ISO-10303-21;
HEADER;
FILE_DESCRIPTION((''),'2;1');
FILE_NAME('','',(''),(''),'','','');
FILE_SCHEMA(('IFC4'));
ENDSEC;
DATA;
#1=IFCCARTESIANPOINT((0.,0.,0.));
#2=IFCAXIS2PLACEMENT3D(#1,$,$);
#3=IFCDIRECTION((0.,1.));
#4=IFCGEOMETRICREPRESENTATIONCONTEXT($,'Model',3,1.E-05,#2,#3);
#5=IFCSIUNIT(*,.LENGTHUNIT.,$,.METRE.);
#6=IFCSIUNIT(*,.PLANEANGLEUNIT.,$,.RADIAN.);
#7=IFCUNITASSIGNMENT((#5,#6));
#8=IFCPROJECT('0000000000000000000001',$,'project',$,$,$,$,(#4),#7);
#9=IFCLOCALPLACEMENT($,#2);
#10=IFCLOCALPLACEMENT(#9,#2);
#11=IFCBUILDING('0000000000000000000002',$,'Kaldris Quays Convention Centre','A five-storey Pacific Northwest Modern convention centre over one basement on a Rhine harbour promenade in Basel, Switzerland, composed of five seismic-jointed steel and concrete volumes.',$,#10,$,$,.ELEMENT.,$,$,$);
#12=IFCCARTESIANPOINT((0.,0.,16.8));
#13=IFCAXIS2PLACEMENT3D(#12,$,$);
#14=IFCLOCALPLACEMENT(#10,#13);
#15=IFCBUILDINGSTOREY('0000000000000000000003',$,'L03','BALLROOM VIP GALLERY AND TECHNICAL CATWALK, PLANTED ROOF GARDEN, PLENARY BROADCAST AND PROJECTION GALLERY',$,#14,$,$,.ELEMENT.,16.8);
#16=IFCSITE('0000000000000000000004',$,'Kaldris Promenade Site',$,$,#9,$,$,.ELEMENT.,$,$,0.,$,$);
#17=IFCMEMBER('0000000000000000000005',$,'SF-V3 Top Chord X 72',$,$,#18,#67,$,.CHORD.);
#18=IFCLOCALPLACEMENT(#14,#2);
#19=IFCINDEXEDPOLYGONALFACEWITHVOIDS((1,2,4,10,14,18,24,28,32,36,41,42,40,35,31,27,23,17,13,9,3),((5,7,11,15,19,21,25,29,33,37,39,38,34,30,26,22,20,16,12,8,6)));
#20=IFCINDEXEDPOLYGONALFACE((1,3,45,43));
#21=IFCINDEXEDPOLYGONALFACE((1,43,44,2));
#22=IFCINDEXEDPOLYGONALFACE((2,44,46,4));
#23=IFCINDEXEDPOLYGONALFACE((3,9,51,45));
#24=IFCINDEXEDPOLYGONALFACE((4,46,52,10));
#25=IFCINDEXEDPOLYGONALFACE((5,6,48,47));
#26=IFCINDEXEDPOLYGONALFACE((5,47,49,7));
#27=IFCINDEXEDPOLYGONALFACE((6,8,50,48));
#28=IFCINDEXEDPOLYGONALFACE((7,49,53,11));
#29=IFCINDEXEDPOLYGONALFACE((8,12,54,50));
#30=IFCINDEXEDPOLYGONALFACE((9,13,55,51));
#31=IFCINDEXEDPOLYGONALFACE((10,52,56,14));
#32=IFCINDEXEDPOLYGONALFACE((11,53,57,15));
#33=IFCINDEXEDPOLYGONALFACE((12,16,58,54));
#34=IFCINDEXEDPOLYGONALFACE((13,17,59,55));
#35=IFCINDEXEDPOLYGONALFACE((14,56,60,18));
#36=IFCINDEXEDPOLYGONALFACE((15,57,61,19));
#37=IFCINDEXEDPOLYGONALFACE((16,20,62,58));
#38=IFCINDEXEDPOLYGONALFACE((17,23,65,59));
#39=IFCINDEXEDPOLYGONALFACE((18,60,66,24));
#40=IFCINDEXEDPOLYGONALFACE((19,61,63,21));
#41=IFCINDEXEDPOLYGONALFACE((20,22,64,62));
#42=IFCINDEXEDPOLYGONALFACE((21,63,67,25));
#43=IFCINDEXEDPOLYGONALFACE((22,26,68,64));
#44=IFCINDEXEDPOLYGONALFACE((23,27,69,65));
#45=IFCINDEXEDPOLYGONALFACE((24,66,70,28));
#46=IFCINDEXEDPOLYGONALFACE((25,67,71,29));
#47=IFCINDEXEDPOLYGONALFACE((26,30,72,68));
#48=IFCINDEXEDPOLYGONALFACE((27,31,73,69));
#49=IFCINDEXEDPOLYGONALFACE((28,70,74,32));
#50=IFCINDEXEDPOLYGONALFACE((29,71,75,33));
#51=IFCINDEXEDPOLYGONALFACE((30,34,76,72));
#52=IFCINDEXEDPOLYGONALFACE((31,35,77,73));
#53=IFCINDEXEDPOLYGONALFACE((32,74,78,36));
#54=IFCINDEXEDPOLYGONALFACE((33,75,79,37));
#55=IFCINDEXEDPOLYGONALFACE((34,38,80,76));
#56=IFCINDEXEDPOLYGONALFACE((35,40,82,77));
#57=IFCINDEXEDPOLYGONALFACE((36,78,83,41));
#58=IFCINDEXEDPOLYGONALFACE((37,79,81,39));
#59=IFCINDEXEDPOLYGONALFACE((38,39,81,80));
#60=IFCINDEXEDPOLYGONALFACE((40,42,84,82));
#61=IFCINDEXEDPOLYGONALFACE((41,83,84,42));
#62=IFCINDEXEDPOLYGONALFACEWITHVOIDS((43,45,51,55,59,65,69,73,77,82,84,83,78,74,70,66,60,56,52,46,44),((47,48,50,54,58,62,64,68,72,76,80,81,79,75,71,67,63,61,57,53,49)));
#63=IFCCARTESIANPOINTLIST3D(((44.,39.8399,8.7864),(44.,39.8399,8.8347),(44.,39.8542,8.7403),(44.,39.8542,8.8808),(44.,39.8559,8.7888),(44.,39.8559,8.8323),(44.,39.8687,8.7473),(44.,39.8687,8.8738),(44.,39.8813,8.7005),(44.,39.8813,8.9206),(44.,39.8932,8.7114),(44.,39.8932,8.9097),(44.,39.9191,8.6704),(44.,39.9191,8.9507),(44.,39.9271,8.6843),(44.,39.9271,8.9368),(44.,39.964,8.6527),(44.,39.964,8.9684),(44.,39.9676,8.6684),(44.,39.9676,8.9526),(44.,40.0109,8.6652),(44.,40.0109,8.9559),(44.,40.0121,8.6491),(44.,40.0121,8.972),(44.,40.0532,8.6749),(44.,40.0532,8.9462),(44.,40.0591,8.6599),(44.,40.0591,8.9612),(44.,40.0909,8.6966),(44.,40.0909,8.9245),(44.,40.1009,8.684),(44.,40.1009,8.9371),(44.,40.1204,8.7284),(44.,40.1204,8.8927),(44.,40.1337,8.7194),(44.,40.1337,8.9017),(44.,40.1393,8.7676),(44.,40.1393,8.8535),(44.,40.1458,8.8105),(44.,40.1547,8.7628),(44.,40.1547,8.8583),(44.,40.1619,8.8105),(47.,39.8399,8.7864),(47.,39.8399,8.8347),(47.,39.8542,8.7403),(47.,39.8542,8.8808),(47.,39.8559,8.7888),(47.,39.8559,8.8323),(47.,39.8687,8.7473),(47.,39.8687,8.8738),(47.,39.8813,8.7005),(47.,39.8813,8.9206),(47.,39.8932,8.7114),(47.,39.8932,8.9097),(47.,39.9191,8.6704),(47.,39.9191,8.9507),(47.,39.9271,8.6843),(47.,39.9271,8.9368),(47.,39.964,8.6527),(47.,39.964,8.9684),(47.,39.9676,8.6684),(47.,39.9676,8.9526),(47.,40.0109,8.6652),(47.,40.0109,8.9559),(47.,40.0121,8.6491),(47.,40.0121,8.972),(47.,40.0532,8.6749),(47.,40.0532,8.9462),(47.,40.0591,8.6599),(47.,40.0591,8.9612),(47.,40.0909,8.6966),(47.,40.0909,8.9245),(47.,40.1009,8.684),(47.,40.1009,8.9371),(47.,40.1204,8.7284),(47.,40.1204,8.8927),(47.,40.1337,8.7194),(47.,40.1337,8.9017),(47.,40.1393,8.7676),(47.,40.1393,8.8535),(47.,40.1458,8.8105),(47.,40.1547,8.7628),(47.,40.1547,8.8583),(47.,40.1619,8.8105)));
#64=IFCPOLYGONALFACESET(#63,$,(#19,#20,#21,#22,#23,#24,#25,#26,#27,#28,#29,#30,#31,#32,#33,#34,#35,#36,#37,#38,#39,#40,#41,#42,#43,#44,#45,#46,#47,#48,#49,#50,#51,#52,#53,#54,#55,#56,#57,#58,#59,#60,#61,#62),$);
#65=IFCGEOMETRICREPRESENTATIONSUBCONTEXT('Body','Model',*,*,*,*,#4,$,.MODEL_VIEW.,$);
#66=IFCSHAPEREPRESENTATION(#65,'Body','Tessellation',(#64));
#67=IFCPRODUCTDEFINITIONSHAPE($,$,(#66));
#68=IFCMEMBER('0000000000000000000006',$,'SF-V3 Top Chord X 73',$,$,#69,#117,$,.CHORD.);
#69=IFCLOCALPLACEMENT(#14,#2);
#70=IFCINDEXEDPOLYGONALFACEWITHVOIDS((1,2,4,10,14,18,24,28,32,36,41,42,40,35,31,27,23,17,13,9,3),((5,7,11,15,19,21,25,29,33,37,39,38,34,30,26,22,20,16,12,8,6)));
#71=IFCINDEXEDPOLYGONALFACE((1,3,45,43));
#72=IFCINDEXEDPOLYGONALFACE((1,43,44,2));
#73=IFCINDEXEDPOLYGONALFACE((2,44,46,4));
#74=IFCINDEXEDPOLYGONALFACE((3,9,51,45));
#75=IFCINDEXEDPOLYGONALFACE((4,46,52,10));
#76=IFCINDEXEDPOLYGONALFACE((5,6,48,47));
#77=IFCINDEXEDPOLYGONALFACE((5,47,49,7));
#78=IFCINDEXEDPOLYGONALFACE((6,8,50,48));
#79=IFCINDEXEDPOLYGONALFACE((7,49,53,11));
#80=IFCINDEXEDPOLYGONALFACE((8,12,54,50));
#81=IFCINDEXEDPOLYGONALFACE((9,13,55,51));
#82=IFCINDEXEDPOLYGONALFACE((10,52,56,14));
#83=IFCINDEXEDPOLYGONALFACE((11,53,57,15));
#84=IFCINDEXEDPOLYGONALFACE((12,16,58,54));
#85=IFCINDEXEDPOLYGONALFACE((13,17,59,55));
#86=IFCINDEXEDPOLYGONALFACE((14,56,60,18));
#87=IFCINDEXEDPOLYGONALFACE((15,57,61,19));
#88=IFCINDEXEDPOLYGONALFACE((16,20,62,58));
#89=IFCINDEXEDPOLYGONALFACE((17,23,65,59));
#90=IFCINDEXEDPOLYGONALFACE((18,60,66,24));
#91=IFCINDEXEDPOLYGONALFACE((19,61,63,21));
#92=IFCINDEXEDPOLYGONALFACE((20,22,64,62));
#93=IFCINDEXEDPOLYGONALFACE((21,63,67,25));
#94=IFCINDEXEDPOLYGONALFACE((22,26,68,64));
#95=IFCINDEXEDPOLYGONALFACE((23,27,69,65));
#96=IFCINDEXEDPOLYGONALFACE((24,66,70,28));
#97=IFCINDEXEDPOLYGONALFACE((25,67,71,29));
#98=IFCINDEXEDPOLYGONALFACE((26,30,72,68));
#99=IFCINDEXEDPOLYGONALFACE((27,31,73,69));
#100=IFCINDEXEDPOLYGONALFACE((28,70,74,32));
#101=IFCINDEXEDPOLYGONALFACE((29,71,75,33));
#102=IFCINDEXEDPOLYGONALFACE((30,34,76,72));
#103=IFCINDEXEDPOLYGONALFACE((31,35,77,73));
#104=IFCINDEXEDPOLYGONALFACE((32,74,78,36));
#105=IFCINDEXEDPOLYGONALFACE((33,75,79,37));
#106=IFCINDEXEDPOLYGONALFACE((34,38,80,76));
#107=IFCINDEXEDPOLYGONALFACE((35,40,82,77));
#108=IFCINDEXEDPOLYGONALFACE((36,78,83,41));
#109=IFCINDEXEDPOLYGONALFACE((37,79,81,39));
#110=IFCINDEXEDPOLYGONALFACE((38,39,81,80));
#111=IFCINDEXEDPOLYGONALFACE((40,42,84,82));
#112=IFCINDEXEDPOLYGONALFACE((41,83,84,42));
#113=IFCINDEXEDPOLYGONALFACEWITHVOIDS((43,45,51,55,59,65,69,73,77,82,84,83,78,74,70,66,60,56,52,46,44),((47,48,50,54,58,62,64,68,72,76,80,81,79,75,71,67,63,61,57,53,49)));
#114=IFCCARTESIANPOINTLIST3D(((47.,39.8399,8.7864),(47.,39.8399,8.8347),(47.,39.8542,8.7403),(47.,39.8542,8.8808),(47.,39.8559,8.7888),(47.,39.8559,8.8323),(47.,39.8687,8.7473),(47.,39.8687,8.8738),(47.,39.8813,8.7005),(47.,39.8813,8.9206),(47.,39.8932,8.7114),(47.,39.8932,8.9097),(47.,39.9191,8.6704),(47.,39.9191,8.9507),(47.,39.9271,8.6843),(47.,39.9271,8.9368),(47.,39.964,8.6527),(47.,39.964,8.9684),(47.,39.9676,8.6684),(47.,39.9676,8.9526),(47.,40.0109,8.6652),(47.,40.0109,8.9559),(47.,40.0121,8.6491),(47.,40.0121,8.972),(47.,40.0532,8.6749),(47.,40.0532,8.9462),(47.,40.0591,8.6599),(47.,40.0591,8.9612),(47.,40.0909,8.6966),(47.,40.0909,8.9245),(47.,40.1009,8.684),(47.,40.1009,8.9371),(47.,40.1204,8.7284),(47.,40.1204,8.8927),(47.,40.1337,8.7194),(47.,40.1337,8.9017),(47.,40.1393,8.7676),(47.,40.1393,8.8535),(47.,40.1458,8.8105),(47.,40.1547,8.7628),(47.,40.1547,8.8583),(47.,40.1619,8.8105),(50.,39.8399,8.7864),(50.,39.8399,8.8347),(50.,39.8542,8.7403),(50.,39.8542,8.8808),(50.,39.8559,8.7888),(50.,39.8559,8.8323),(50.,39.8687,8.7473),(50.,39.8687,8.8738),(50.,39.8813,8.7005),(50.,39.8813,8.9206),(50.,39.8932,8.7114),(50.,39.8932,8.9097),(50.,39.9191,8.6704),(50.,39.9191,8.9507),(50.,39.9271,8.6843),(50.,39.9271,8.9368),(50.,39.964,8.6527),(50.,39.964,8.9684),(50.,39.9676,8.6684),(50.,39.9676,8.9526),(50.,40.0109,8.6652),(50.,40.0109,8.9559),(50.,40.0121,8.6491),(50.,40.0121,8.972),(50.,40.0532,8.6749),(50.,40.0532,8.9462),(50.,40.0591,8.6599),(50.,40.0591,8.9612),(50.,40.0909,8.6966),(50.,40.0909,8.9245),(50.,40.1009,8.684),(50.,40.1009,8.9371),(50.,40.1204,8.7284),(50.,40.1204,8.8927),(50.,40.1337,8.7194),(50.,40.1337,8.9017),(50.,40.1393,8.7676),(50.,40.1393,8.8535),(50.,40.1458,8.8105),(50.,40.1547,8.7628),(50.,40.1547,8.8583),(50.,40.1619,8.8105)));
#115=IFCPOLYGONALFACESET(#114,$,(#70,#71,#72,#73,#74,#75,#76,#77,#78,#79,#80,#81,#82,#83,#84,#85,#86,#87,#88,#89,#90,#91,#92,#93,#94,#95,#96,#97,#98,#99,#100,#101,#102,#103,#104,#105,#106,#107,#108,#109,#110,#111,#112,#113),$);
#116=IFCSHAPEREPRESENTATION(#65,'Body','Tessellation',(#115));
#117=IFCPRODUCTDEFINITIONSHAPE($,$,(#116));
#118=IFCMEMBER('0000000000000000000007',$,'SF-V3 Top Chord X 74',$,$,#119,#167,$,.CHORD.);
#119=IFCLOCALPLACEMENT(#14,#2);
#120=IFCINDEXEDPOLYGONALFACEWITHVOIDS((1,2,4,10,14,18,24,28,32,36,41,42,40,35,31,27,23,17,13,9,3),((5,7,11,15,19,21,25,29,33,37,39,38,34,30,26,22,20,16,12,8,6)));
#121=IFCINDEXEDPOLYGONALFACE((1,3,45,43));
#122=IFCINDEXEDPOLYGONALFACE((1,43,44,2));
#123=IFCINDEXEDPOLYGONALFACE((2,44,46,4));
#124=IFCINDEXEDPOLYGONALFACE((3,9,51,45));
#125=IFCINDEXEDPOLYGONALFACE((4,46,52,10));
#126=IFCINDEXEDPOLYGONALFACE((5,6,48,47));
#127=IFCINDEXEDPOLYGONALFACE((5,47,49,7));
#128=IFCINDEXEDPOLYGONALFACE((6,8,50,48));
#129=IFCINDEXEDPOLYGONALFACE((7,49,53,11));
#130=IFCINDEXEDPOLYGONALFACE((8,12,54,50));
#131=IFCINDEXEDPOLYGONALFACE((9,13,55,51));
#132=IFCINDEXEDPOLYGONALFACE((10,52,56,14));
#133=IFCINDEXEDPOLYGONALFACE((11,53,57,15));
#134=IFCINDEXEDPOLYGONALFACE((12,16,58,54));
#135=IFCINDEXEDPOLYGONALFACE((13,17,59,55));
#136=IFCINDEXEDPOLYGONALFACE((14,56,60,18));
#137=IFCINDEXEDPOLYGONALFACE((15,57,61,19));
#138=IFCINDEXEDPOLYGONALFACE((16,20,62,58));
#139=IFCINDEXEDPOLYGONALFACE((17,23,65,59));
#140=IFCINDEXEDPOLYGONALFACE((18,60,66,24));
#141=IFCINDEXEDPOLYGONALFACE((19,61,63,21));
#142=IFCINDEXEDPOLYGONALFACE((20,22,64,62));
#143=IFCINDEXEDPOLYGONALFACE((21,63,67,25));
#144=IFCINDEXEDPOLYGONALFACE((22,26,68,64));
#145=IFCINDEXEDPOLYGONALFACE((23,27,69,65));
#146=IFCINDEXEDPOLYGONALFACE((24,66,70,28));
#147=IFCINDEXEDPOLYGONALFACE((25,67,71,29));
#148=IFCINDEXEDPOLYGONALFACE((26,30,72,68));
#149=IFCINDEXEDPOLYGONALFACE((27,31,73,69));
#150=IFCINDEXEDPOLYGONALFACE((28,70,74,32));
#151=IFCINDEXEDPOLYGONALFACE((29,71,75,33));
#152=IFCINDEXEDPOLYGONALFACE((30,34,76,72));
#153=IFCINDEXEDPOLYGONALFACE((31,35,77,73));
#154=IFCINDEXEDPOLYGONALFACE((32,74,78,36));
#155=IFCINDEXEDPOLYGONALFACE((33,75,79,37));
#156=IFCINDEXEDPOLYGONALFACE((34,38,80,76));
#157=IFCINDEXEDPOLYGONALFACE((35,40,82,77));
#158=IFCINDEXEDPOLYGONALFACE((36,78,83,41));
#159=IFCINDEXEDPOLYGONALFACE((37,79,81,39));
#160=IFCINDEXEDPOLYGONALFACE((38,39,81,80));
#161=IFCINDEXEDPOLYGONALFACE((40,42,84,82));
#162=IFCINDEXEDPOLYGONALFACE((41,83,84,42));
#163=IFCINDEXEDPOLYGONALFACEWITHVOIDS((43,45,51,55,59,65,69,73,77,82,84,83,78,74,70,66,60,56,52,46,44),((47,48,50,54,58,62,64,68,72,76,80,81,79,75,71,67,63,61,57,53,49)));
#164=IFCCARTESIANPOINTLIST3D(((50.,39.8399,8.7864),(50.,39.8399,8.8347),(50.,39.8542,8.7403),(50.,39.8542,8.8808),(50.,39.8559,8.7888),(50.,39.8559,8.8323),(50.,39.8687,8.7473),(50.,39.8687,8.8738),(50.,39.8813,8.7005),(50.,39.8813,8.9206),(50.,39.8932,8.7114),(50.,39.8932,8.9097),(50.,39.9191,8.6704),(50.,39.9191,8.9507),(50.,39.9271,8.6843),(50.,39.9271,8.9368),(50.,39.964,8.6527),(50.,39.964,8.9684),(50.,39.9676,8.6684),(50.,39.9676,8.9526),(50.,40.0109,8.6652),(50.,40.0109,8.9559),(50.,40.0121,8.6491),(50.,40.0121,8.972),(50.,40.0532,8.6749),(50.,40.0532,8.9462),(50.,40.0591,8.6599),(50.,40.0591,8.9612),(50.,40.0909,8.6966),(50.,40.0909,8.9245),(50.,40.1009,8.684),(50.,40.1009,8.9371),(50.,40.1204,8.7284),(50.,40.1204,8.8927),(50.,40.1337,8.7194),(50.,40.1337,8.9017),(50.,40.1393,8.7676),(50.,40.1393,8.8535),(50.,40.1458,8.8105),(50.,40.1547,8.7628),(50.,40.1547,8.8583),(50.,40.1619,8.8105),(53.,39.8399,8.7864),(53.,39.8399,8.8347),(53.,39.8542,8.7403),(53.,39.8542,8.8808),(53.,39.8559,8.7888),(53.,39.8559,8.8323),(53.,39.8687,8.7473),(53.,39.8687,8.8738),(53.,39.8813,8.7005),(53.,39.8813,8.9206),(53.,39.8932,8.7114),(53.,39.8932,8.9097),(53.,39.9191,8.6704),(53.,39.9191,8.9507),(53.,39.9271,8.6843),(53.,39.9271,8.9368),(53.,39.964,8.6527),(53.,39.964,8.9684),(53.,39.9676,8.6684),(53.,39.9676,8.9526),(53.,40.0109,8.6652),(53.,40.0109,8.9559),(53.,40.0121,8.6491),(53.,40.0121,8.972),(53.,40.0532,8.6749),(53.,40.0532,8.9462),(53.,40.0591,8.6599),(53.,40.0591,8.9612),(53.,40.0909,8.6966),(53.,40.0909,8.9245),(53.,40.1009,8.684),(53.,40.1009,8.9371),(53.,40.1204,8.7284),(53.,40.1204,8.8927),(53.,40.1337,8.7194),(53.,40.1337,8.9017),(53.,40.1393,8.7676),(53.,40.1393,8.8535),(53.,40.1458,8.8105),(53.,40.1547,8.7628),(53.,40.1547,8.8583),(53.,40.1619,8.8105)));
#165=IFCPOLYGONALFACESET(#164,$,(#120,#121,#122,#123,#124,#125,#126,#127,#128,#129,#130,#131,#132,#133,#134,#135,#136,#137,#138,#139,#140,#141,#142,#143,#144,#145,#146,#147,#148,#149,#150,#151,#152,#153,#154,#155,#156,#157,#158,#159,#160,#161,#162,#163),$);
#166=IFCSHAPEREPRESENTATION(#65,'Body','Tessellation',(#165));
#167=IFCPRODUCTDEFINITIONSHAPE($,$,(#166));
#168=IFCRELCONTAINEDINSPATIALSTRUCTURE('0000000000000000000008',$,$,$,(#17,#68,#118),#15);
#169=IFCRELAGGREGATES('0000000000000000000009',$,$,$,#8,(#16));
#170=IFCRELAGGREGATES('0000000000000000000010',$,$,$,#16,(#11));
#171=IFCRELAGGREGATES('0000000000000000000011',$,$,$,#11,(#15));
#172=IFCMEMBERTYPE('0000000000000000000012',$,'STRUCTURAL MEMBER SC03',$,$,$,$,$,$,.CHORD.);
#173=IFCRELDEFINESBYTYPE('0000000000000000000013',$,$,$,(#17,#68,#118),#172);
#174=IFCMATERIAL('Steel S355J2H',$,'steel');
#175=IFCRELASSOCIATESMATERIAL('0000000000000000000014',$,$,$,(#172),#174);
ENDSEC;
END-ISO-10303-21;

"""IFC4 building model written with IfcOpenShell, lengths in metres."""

from ifc_helpers import new_model, si_unit, direction, frame, origin, origin_2d, place, context, subcontext, project, spatial, hollow_circle, extrude, material, material_profile, profile_set, type_object, element, save


model = new_model("IFC4")

# Units and contexts
model_context = context("Model", 3, precision=1e-05, world=origin(), true_north=direction((0.0, 1.0)))
body_context = subcontext(model_context, "Body", "Model", "MODEL_VIEW")
ifc_project = project(units=[si_unit("LENGTHUNIT", "METRE"), si_unit("PLANEANGLEUNIT", "RADIAN")], contexts=[model_context])

# Site, building, storey
site_placement = place(None, origin())
site = spatial("IfcSite", under=ifc_project, at=site_placement, Name="Kaldris Promenade Site", CompositionType="ELEMENT", RefElevation=0.0)
building_placement = place(site_placement, origin())
building = spatial("IfcBuilding", under=site, at=building_placement, Name="Kaldris Quays Convention Centre", Description="A five-storey Pacific Northwest Modern convention centre over one basement on a Rhine harbour promenade in Basel, Switzerland, composed of five seismic-jointed steel and concrete volumes.", CompositionType="ELEMENT")
storey_placement = place(building_placement, frame((0.0, 0.0, 16.8)))
storey = spatial("IfcBuildingStorey", under=building, at=storey_placement, Name="L03", Description="BALLROOM VIP GALLERY AND TECHNICAL CATWALK, PLANTED ROOF GARDEN, PLENARY BROADCAST AND PROJECTION GALLERY", CompositionType="ELEMENT", Elevation=16.8)

# Members
ifc_material_1 = material(Name="Steel S355J2H", Category="steel")
ifc_material_profile_1 = material_profile(ifc_material_1, hollow_circle(Radius=0.1619, WallThickness=0.0161, at=origin_2d()), Name="CHS 323.9x16")
ifc_profile_set_1 = profile_set([ifc_material_profile_1], Name="Steel S355J2H")
member_type_1 = type_object("IfcMemberType", Name="STRUCTURAL MEMBER SC03", PredefinedType="CHORD", material=ifc_profile_set_1)
for number, where, z_axis, x_axis, name in (
    (1, (44.0, 40.0, 8.8105), (1.0, 0.0, 0.0), (0.0, 1.0, 0.0), "SF-V3 Top Chord X 72"),
    (2, (47.0, 40.0, 8.8105), (1.0, 0.0, 0.0), (0.0, 1.0, 0.0), "SF-V3 Top Chord X 73"),
    (3, (50.0, 40.0, 8.8105), (1.0, 0.0, 0.0), (0.0, 1.0, 0.0), "SF-V3 Top Chord X 74"),
):
    element("IfcMember", number, at=place(storey_placement, frame(where, z_axis=z_axis, x_axis=x_axis)), inside=storey, type_object=member_type_1, Name=name, PredefinedType="CHORD", context=body_context, shape_type="SweptSolid", body=[
        extrude(hollow_circle(Radius=0.1619, WallThickness=0.0161, at=origin_2d()), origin(), (0.0, 0.0, 1.0), 3.0),
    ])

save(model, "model.ifc")
